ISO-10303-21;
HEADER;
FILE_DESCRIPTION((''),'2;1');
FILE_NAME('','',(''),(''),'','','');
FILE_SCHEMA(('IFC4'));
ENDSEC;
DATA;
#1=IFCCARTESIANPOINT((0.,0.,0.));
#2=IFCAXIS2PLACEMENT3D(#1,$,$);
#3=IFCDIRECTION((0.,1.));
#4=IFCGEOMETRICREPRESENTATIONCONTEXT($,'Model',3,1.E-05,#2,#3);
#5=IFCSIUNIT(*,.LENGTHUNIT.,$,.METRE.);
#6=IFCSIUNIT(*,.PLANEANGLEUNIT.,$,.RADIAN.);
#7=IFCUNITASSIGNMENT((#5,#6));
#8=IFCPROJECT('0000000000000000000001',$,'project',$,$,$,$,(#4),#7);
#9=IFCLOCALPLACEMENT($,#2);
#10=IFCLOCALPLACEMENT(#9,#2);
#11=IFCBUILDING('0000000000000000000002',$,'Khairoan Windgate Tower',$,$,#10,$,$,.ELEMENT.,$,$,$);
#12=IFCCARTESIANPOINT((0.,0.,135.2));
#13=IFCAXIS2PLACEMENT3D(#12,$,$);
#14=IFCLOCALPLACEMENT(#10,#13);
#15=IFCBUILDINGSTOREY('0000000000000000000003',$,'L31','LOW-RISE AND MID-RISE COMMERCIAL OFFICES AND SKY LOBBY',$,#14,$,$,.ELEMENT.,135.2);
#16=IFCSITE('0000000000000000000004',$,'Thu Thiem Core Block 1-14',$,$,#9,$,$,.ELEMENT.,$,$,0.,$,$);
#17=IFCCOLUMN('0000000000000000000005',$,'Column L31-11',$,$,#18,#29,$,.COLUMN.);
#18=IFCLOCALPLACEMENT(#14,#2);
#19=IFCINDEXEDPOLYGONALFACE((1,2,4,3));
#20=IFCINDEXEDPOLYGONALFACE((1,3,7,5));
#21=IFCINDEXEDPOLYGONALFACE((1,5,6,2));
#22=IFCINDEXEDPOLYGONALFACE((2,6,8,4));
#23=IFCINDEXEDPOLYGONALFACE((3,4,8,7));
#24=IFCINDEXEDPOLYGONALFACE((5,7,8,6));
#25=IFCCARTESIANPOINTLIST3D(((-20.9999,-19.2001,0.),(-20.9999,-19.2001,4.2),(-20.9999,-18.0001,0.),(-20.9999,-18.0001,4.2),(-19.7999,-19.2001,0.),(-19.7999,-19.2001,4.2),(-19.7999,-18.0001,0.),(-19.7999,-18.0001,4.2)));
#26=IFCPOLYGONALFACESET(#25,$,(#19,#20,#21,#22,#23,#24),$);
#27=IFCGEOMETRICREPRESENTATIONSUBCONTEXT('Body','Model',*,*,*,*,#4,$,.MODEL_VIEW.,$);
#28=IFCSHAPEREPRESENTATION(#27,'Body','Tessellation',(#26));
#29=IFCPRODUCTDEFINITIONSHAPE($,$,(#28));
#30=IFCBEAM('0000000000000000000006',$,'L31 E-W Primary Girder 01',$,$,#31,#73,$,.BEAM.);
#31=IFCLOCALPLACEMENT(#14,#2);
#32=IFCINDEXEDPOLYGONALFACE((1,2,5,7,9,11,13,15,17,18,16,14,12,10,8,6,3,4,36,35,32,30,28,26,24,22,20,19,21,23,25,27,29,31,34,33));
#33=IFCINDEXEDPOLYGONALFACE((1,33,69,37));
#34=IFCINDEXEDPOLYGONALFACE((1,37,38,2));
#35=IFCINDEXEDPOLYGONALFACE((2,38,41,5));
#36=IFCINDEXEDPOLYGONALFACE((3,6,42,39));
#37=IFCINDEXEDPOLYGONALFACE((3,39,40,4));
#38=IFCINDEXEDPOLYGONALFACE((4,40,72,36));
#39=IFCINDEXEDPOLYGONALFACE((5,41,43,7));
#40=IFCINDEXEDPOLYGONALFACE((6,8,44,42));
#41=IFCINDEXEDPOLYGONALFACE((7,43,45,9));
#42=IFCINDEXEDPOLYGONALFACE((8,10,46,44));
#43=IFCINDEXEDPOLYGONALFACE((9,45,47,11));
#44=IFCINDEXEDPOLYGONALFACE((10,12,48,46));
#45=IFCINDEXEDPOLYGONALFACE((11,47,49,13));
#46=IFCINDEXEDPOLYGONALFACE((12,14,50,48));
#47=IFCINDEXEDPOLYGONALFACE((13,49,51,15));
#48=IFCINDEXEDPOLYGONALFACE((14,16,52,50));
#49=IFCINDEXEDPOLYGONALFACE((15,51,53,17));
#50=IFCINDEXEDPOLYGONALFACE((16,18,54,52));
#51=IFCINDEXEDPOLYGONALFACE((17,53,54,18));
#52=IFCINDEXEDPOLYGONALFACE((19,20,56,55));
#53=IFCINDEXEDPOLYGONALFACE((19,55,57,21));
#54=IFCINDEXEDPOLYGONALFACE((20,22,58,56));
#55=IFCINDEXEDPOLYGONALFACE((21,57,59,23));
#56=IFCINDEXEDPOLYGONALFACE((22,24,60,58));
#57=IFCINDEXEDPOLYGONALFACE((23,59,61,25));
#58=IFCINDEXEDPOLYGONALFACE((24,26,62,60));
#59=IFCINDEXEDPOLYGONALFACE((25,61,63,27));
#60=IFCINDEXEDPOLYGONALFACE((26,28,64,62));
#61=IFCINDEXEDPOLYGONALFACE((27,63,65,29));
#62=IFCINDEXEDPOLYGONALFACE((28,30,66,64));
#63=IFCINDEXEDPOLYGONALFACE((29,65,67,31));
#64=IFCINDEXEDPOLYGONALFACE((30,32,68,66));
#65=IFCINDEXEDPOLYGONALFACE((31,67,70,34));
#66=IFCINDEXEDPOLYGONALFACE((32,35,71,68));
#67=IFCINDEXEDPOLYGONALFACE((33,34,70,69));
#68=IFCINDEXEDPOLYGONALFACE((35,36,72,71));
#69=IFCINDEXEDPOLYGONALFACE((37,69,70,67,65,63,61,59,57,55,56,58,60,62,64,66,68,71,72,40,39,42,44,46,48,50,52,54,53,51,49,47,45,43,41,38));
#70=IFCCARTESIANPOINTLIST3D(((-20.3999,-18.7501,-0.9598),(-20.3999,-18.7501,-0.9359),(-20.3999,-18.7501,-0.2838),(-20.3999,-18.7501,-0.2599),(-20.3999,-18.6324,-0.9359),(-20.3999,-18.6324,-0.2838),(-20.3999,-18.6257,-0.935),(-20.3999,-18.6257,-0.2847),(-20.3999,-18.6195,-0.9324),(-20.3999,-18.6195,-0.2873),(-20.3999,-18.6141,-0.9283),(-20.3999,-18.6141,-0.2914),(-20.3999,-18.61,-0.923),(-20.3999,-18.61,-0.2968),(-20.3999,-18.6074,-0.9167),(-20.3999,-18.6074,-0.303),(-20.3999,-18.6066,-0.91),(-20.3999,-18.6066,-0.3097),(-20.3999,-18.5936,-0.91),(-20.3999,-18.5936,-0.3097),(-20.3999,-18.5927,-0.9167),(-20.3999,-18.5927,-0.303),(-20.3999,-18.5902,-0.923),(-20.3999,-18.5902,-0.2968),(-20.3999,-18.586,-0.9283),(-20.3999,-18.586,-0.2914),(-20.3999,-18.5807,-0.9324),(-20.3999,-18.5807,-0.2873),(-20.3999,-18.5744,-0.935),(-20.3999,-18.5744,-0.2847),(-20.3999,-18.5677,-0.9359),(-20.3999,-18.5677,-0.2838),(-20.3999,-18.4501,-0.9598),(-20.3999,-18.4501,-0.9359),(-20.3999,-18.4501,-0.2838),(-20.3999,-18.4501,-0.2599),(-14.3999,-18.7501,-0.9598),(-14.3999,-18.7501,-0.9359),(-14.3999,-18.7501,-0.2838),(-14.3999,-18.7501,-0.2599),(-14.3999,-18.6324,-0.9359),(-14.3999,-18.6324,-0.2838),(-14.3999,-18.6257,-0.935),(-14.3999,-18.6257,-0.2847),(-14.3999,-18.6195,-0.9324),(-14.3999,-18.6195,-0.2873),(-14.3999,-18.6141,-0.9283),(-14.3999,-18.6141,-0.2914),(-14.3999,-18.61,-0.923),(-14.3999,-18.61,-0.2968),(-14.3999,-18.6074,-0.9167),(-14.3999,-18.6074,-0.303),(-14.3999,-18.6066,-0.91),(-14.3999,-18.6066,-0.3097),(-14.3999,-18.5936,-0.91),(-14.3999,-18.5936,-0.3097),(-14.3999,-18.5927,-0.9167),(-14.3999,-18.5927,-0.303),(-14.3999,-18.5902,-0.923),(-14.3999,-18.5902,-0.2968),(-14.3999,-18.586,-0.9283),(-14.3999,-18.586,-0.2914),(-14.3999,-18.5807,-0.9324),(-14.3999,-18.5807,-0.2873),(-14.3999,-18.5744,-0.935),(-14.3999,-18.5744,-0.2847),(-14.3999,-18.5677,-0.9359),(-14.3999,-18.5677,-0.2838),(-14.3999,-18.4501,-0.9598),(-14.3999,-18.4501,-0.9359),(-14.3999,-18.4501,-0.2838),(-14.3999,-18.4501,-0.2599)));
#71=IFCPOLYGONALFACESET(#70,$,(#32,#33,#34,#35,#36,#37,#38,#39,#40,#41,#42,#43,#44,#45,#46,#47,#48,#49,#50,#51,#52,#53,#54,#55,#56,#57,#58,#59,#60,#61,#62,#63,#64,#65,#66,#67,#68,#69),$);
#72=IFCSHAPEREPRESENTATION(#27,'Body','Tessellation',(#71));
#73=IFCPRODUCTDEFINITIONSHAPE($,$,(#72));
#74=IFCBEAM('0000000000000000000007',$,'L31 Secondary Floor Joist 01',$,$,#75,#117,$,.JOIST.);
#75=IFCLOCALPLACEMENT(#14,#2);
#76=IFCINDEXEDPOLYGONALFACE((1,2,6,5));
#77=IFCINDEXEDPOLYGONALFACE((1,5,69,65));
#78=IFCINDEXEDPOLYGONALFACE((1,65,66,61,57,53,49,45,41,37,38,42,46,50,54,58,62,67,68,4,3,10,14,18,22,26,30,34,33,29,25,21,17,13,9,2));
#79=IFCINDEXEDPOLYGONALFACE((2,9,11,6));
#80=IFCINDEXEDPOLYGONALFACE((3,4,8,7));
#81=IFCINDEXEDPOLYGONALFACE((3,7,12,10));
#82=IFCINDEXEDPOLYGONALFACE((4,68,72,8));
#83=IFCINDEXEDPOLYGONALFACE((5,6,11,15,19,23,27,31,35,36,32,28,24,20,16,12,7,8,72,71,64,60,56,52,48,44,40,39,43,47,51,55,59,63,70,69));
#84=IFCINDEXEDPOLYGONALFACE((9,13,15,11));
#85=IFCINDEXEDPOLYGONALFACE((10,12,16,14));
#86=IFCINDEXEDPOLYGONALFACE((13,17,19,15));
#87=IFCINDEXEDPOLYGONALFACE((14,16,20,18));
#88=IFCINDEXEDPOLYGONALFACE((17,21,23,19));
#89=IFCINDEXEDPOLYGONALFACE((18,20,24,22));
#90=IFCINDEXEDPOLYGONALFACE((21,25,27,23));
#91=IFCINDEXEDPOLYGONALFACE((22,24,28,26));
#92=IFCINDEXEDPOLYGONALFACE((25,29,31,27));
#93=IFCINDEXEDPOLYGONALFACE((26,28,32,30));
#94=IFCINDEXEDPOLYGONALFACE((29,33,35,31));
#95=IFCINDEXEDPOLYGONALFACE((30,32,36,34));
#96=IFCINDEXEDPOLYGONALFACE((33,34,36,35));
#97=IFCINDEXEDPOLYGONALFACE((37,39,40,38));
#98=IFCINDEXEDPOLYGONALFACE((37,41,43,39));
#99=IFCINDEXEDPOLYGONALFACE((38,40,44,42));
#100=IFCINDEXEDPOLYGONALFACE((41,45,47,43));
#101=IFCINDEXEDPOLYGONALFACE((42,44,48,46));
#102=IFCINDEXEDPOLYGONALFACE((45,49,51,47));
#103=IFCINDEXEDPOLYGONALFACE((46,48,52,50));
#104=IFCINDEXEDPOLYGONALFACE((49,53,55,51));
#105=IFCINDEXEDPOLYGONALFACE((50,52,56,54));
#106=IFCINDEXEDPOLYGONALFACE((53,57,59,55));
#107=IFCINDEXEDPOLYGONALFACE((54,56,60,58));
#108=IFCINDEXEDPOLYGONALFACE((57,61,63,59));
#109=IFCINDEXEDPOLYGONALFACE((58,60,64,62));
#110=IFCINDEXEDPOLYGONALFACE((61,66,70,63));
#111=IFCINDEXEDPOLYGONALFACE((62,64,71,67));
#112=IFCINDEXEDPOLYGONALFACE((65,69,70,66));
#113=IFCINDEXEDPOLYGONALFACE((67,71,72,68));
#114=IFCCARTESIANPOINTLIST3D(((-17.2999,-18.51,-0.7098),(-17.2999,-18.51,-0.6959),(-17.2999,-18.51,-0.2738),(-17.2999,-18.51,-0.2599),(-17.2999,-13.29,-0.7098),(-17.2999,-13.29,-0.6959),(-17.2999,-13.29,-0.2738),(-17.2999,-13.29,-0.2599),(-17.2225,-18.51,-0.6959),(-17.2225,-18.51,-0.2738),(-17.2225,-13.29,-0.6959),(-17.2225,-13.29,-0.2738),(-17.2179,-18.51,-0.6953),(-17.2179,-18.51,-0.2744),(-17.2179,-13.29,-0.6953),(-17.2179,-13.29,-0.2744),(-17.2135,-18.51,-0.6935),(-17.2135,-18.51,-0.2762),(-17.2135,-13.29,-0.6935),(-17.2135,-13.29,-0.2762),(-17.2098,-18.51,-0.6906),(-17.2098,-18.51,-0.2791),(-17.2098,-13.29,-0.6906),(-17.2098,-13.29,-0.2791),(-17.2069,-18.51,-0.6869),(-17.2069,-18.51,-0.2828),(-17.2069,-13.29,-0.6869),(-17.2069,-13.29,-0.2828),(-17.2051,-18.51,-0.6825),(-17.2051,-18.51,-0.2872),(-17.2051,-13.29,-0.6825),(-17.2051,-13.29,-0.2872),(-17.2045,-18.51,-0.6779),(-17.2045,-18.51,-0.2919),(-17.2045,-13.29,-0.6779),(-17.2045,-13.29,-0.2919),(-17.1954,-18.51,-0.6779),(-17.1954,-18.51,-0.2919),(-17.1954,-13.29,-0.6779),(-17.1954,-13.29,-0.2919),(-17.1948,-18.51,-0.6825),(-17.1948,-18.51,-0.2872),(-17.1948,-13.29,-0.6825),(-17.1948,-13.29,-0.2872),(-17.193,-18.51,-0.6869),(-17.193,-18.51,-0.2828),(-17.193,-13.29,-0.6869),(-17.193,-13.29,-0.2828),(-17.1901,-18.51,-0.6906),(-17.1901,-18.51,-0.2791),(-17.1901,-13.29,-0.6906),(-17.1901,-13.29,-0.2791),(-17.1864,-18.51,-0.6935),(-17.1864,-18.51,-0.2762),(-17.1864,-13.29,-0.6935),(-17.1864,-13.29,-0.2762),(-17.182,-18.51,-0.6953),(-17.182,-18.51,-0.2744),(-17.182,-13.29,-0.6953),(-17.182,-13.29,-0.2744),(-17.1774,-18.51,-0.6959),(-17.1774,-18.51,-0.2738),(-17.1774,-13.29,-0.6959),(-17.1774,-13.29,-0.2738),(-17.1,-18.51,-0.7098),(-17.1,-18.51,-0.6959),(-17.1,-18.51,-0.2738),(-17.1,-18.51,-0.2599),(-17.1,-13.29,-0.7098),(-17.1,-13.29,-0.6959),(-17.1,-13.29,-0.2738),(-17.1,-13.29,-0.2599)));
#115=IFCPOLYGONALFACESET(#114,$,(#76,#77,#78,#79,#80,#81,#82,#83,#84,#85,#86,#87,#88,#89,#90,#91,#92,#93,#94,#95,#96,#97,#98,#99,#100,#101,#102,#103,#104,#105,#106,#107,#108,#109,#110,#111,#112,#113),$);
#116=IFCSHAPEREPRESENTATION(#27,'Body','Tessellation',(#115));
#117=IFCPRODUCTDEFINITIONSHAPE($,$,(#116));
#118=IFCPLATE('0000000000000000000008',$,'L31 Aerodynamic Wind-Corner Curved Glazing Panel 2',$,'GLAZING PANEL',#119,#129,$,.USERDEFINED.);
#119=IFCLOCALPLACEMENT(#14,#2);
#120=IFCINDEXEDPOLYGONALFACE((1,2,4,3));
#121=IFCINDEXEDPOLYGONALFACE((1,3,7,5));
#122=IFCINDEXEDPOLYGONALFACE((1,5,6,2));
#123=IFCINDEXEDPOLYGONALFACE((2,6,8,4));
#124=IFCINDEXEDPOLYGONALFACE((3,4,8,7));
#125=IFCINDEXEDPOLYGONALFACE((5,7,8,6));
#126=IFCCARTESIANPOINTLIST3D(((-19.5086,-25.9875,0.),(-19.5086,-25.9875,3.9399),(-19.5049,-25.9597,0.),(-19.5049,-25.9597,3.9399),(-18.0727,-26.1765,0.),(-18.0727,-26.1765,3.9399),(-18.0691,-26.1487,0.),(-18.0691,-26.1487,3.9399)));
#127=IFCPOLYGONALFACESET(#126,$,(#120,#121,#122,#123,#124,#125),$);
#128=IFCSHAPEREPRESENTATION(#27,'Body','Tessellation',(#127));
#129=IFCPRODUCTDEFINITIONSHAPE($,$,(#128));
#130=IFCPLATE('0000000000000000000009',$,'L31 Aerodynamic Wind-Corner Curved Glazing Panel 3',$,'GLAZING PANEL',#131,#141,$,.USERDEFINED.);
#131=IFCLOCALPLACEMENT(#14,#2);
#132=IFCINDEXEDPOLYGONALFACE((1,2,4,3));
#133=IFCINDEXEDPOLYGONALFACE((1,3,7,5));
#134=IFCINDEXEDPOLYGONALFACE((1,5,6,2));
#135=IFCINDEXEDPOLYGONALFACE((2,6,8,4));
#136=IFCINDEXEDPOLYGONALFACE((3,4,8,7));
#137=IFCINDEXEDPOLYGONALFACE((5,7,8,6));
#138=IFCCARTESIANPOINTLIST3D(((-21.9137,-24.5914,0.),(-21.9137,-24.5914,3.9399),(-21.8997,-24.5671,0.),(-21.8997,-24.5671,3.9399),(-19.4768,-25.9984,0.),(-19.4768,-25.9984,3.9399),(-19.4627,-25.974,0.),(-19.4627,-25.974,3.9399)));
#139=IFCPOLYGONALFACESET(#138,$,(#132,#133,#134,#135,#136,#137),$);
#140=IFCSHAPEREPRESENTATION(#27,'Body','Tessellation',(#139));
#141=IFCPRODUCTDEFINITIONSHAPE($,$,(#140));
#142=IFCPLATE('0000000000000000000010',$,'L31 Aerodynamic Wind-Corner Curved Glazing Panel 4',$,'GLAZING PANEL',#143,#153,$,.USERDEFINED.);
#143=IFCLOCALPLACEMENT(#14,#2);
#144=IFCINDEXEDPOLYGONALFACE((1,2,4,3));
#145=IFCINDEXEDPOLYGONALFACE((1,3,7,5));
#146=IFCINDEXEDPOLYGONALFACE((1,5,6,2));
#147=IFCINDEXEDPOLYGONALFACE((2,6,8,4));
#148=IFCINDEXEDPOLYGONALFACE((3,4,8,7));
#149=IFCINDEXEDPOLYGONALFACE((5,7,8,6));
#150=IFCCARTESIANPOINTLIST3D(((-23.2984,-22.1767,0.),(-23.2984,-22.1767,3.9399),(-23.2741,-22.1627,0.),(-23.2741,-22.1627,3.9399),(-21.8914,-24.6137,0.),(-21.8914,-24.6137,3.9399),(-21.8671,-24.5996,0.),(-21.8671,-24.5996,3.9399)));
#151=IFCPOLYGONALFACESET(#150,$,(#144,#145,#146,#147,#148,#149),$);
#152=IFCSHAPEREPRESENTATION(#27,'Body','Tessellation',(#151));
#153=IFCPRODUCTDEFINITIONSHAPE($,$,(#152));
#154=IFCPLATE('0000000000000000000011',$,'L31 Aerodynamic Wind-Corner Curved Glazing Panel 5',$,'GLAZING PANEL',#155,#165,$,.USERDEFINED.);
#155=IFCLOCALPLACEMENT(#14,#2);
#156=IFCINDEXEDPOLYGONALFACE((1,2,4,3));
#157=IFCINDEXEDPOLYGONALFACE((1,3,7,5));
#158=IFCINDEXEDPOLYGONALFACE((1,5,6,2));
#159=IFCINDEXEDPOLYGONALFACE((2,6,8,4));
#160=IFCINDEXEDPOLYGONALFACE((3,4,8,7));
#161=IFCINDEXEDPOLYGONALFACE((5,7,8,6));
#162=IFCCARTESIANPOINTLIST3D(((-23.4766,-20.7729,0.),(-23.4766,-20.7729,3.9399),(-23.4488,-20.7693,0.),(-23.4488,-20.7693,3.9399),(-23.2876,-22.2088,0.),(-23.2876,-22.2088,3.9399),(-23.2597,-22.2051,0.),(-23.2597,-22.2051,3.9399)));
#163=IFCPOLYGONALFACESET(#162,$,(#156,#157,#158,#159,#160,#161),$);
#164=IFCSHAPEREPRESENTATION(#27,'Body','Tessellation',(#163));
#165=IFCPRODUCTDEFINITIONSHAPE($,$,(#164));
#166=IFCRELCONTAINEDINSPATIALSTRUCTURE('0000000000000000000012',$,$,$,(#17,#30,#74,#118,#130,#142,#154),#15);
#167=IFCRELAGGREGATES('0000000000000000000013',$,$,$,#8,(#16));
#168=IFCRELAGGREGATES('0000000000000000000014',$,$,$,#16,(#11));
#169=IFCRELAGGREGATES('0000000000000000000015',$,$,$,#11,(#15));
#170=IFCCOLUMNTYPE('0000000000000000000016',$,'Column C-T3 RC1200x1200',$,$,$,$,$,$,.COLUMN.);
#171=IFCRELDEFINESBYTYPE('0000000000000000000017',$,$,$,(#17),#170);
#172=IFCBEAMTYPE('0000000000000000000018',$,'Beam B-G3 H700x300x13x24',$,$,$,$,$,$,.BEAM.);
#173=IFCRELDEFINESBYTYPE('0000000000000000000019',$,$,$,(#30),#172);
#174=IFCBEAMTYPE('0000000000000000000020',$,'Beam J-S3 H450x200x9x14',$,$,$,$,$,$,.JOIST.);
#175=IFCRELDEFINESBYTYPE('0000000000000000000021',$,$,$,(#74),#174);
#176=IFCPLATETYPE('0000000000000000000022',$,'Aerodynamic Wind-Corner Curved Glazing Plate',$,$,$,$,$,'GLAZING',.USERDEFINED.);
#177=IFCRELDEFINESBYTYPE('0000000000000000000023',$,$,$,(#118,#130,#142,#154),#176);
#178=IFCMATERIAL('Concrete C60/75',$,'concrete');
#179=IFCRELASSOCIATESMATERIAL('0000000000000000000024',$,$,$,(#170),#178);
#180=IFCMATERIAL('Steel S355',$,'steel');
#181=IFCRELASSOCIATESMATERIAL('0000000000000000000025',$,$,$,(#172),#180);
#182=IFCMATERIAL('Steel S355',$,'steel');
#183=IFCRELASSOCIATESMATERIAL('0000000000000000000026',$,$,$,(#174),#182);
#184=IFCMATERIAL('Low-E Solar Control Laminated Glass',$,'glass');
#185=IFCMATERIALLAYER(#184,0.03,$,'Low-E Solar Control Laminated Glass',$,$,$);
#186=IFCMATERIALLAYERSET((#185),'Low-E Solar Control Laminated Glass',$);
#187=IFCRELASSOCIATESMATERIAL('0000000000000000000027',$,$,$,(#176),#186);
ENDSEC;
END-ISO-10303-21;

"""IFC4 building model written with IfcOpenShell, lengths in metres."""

from ifc_helpers import new_model, si_unit, direction, frame, origin, origin_2d, place, context, subcontext, project, spatial, rectangle, i_section, extrude, material, layer, layer_set, material_profile, profile_set, type_object, element, save


model = new_model("IFC4")

# Units and contexts
model_context = context("Model", 3, precision=1e-05, world=origin(), true_north=direction((0.0, 1.0)))
body_context = subcontext(model_context, "Body", "Model", "MODEL_VIEW")
ifc_project = project(units=[si_unit("LENGTHUNIT", "METRE"), si_unit("PLANEANGLEUNIT", "RADIAN")], contexts=[model_context])

# Site, building, storey
site_placement = place(None, origin())
site = spatial("IfcSite", under=ifc_project, at=site_placement, Name="Thu Thiem Core Block 1-14", CompositionType="ELEMENT", RefElevation=0.0)
building_placement = place(site_placement, origin())
building = spatial("IfcBuilding", under=site, at=building_placement, Name="Khairoan Windgate Tower", CompositionType="ELEMENT")
storey_placement = place(building_placement, frame((0.0, 0.0, 135.2)))
storey = spatial("IfcBuildingStorey", under=building, at=storey_placement, Name="L31", Description="LOW-RISE AND MID-RISE COMMERCIAL OFFICES AND SKY LOBBY", CompositionType="ELEMENT", Elevation=135.2)

# Column
ifc_material_1 = material(Name="Concrete C60/75", Category="concrete")
ifc_material_profile_1 = material_profile(ifc_material_1, rectangle(XDim=1.2, YDim=1.2, at=origin_2d()))
ifc_profile_set_1 = profile_set([ifc_material_profile_1], Name="Concrete C60/75")
column_type = type_object("IfcColumnType", Name="Column C-T3 RC1200x1200", PredefinedType="COLUMN", material=ifc_profile_set_1)
column_placement = place(storey_placement, frame((-20.3999, -18.6001, 0.0), z_axis=(0.0, 0.0, 1.0), x_axis=(1.0, 0.0, 0.0)))
element("IfcColumn", 1, at=column_placement, inside=storey, type_object=column_type, Name="Column L31-11", PredefinedType="COLUMN", context=body_context, shape_type="SweptSolid", body=[
    extrude(rectangle(XDim=1.2, YDim=1.2, at=origin_2d()), origin(), (0.0, 0.0, 1.0), 4.2),
])

# Beams
ifc_material_2 = material(Name="Steel S355", Category="steel")
ifc_material_profile_2 = material_profile(ifc_material_2, i_section(OverallWidth=0.3, OverallDepth=0.7, WebThickness=0.0129, FlangeThickness=0.0239, FilletRadius=0.0259, at=origin_2d()))
ifc_profile_set_2 = profile_set([ifc_material_profile_2], Name="Steel S355")
beam_type_1 = type_object("IfcBeamType", Name="Beam B-G3 H700x300x13x24", PredefinedType="BEAM", material=ifc_profile_set_2)
beam_1_placement = place(storey_placement, frame((-20.3999, -18.6001, -0.6099), z_axis=(1.0, 0.0, 0.0), x_axis=(0.0, 1.0, 0.0)))
element("IfcBeam", 2, at=beam_1_placement, inside=storey, type_object=beam_type_1, Name="L31 E-W Primary Girder 01", PredefinedType="BEAM", context=body_context, shape_type="SweptSolid", body=[
    extrude(i_section(OverallWidth=0.3, OverallDepth=0.7, WebThickness=0.0129, FlangeThickness=0.0239, FilletRadius=0.0259, at=origin_2d()), origin(), (0.0, 0.0, 1.0), 6.0),
])
ifc_material_3 = material(Name="Steel S355", Category="steel")
ifc_material_profile_3 = material_profile(ifc_material_3, i_section(OverallWidth=0.2, OverallDepth=0.45, WebThickness=0.009, FlangeThickness=0.0139, FilletRadius=0.0181, at=origin_2d()))
ifc_profile_set_3 = profile_set([ifc_material_profile_3], Name="Steel S355")
beam_type_2 = type_object("IfcBeamType", Name="Beam J-S3 H450x200x9x14", PredefinedType="JOIST", material=ifc_profile_set_3)
beam_2_placement = place(storey_placement, frame((-17.2, -18.51, -0.4849), z_axis=(0.0, 1.0, 0.0), x_axis=(-1.0, 0.0, 0.0)))
element("IfcBeam", 3, at=beam_2_placement, inside=storey, type_object=beam_type_2, Name="L31 Secondary Floor Joist 01", PredefinedType="JOIST", context=body_context, shape_type="SweptSolid", body=[
    extrude(i_section(OverallWidth=0.2, OverallDepth=0.45, WebThickness=0.009, FlangeThickness=0.0139, FilletRadius=0.0181, at=origin_2d()), origin(), (0.0, 0.0, 1.0), 5.22),
])

# Plates
ifc_material_4 = material(Name="Low-E Solar Control Laminated Glass", Category="glass")
ifc_layer_1 = layer(ifc_material_4, 0.03, Name="Low-E Solar Control Laminated Glass")
ifc_layer_set_1 = layer_set([ifc_layer_1], Name="Low-E Solar Control Laminated Glass")
plate_type_1 = type_object("IfcPlateType", Name="Aerodynamic Wind-Corner Curved Glazing Plate", ElementType="GLAZING", PredefinedType="USERDEFINED", material=ifc_layer_set_1)
plate_1_placement = place(storey_placement, frame((-18.7888, -26.0681, 0.0), z_axis=(0.0, 0.0, 1.0), x_axis=(-0.991445, 0.130526, 0.0)))
element("IfcPlate", 4, at=plate_1_placement, inside=storey, type_object=plate_type_1, Name="L31 Aerodynamic Wind-Corner Curved Glazing Panel 2", ObjectType="GLAZING PANEL", PredefinedType="USERDEFINED", context=body_context, shape_type="SweptSolid", body=[
    extrude(rectangle(XDim=1.4482, YDim=0.0281, at=origin_2d()), origin(), (0.0, 0.0, 1.0), 3.9399),
])
for number, where, z_axis, x_axis, name in (
    (5, (-20.6882, -25.2827, 0.0), (0.0, 0.0, 1.0), (-0.866025, 0.5, 0.0), "L31 Aerodynamic Wind-Corner Curved Glazing Panel 3"),
    (6, (-22.5828, -23.3882, 0.0), (0.0, 0.0, 1.0), (-0.5, 0.866025, 0.0), "L31 Aerodynamic Wind-Corner Curved Glazing Panel 4"),
):
    element("IfcPlate", number, at=place(storey_placement, frame(where, z_axis=z_axis, x_axis=x_axis)), inside=storey, type_object=plate_type_1, Name=name, ObjectType="GLAZING PANEL", PredefinedType="USERDEFINED", context=body_context, shape_type="SweptSolid", body=[
        extrude(rectangle(XDim=2.814, YDim=0.0281, at=origin_2d()), origin(), (0.0, 0.0, 1.0), 3.9399),
    ])
plate_2_placement = place(storey_placement, frame((-23.3682, -21.489, 0.0), z_axis=(0.0, 0.0, 1.0), x_axis=(-0.130526, 0.991445, 0.0)))
element("IfcPlate", 7, at=plate_2_placement, inside=storey, type_object=plate_type_1, Name="L31 Aerodynamic Wind-Corner Curved Glazing Panel 5", ObjectType="GLAZING PANEL", PredefinedType="USERDEFINED", context=body_context, shape_type="SweptSolid", body=[
    extrude(rectangle(XDim=1.4482, YDim=0.0281, at=origin_2d()), origin(), (0.0, 0.0, 1.0), 3.9399),
])

save(model, "model.ifc")
